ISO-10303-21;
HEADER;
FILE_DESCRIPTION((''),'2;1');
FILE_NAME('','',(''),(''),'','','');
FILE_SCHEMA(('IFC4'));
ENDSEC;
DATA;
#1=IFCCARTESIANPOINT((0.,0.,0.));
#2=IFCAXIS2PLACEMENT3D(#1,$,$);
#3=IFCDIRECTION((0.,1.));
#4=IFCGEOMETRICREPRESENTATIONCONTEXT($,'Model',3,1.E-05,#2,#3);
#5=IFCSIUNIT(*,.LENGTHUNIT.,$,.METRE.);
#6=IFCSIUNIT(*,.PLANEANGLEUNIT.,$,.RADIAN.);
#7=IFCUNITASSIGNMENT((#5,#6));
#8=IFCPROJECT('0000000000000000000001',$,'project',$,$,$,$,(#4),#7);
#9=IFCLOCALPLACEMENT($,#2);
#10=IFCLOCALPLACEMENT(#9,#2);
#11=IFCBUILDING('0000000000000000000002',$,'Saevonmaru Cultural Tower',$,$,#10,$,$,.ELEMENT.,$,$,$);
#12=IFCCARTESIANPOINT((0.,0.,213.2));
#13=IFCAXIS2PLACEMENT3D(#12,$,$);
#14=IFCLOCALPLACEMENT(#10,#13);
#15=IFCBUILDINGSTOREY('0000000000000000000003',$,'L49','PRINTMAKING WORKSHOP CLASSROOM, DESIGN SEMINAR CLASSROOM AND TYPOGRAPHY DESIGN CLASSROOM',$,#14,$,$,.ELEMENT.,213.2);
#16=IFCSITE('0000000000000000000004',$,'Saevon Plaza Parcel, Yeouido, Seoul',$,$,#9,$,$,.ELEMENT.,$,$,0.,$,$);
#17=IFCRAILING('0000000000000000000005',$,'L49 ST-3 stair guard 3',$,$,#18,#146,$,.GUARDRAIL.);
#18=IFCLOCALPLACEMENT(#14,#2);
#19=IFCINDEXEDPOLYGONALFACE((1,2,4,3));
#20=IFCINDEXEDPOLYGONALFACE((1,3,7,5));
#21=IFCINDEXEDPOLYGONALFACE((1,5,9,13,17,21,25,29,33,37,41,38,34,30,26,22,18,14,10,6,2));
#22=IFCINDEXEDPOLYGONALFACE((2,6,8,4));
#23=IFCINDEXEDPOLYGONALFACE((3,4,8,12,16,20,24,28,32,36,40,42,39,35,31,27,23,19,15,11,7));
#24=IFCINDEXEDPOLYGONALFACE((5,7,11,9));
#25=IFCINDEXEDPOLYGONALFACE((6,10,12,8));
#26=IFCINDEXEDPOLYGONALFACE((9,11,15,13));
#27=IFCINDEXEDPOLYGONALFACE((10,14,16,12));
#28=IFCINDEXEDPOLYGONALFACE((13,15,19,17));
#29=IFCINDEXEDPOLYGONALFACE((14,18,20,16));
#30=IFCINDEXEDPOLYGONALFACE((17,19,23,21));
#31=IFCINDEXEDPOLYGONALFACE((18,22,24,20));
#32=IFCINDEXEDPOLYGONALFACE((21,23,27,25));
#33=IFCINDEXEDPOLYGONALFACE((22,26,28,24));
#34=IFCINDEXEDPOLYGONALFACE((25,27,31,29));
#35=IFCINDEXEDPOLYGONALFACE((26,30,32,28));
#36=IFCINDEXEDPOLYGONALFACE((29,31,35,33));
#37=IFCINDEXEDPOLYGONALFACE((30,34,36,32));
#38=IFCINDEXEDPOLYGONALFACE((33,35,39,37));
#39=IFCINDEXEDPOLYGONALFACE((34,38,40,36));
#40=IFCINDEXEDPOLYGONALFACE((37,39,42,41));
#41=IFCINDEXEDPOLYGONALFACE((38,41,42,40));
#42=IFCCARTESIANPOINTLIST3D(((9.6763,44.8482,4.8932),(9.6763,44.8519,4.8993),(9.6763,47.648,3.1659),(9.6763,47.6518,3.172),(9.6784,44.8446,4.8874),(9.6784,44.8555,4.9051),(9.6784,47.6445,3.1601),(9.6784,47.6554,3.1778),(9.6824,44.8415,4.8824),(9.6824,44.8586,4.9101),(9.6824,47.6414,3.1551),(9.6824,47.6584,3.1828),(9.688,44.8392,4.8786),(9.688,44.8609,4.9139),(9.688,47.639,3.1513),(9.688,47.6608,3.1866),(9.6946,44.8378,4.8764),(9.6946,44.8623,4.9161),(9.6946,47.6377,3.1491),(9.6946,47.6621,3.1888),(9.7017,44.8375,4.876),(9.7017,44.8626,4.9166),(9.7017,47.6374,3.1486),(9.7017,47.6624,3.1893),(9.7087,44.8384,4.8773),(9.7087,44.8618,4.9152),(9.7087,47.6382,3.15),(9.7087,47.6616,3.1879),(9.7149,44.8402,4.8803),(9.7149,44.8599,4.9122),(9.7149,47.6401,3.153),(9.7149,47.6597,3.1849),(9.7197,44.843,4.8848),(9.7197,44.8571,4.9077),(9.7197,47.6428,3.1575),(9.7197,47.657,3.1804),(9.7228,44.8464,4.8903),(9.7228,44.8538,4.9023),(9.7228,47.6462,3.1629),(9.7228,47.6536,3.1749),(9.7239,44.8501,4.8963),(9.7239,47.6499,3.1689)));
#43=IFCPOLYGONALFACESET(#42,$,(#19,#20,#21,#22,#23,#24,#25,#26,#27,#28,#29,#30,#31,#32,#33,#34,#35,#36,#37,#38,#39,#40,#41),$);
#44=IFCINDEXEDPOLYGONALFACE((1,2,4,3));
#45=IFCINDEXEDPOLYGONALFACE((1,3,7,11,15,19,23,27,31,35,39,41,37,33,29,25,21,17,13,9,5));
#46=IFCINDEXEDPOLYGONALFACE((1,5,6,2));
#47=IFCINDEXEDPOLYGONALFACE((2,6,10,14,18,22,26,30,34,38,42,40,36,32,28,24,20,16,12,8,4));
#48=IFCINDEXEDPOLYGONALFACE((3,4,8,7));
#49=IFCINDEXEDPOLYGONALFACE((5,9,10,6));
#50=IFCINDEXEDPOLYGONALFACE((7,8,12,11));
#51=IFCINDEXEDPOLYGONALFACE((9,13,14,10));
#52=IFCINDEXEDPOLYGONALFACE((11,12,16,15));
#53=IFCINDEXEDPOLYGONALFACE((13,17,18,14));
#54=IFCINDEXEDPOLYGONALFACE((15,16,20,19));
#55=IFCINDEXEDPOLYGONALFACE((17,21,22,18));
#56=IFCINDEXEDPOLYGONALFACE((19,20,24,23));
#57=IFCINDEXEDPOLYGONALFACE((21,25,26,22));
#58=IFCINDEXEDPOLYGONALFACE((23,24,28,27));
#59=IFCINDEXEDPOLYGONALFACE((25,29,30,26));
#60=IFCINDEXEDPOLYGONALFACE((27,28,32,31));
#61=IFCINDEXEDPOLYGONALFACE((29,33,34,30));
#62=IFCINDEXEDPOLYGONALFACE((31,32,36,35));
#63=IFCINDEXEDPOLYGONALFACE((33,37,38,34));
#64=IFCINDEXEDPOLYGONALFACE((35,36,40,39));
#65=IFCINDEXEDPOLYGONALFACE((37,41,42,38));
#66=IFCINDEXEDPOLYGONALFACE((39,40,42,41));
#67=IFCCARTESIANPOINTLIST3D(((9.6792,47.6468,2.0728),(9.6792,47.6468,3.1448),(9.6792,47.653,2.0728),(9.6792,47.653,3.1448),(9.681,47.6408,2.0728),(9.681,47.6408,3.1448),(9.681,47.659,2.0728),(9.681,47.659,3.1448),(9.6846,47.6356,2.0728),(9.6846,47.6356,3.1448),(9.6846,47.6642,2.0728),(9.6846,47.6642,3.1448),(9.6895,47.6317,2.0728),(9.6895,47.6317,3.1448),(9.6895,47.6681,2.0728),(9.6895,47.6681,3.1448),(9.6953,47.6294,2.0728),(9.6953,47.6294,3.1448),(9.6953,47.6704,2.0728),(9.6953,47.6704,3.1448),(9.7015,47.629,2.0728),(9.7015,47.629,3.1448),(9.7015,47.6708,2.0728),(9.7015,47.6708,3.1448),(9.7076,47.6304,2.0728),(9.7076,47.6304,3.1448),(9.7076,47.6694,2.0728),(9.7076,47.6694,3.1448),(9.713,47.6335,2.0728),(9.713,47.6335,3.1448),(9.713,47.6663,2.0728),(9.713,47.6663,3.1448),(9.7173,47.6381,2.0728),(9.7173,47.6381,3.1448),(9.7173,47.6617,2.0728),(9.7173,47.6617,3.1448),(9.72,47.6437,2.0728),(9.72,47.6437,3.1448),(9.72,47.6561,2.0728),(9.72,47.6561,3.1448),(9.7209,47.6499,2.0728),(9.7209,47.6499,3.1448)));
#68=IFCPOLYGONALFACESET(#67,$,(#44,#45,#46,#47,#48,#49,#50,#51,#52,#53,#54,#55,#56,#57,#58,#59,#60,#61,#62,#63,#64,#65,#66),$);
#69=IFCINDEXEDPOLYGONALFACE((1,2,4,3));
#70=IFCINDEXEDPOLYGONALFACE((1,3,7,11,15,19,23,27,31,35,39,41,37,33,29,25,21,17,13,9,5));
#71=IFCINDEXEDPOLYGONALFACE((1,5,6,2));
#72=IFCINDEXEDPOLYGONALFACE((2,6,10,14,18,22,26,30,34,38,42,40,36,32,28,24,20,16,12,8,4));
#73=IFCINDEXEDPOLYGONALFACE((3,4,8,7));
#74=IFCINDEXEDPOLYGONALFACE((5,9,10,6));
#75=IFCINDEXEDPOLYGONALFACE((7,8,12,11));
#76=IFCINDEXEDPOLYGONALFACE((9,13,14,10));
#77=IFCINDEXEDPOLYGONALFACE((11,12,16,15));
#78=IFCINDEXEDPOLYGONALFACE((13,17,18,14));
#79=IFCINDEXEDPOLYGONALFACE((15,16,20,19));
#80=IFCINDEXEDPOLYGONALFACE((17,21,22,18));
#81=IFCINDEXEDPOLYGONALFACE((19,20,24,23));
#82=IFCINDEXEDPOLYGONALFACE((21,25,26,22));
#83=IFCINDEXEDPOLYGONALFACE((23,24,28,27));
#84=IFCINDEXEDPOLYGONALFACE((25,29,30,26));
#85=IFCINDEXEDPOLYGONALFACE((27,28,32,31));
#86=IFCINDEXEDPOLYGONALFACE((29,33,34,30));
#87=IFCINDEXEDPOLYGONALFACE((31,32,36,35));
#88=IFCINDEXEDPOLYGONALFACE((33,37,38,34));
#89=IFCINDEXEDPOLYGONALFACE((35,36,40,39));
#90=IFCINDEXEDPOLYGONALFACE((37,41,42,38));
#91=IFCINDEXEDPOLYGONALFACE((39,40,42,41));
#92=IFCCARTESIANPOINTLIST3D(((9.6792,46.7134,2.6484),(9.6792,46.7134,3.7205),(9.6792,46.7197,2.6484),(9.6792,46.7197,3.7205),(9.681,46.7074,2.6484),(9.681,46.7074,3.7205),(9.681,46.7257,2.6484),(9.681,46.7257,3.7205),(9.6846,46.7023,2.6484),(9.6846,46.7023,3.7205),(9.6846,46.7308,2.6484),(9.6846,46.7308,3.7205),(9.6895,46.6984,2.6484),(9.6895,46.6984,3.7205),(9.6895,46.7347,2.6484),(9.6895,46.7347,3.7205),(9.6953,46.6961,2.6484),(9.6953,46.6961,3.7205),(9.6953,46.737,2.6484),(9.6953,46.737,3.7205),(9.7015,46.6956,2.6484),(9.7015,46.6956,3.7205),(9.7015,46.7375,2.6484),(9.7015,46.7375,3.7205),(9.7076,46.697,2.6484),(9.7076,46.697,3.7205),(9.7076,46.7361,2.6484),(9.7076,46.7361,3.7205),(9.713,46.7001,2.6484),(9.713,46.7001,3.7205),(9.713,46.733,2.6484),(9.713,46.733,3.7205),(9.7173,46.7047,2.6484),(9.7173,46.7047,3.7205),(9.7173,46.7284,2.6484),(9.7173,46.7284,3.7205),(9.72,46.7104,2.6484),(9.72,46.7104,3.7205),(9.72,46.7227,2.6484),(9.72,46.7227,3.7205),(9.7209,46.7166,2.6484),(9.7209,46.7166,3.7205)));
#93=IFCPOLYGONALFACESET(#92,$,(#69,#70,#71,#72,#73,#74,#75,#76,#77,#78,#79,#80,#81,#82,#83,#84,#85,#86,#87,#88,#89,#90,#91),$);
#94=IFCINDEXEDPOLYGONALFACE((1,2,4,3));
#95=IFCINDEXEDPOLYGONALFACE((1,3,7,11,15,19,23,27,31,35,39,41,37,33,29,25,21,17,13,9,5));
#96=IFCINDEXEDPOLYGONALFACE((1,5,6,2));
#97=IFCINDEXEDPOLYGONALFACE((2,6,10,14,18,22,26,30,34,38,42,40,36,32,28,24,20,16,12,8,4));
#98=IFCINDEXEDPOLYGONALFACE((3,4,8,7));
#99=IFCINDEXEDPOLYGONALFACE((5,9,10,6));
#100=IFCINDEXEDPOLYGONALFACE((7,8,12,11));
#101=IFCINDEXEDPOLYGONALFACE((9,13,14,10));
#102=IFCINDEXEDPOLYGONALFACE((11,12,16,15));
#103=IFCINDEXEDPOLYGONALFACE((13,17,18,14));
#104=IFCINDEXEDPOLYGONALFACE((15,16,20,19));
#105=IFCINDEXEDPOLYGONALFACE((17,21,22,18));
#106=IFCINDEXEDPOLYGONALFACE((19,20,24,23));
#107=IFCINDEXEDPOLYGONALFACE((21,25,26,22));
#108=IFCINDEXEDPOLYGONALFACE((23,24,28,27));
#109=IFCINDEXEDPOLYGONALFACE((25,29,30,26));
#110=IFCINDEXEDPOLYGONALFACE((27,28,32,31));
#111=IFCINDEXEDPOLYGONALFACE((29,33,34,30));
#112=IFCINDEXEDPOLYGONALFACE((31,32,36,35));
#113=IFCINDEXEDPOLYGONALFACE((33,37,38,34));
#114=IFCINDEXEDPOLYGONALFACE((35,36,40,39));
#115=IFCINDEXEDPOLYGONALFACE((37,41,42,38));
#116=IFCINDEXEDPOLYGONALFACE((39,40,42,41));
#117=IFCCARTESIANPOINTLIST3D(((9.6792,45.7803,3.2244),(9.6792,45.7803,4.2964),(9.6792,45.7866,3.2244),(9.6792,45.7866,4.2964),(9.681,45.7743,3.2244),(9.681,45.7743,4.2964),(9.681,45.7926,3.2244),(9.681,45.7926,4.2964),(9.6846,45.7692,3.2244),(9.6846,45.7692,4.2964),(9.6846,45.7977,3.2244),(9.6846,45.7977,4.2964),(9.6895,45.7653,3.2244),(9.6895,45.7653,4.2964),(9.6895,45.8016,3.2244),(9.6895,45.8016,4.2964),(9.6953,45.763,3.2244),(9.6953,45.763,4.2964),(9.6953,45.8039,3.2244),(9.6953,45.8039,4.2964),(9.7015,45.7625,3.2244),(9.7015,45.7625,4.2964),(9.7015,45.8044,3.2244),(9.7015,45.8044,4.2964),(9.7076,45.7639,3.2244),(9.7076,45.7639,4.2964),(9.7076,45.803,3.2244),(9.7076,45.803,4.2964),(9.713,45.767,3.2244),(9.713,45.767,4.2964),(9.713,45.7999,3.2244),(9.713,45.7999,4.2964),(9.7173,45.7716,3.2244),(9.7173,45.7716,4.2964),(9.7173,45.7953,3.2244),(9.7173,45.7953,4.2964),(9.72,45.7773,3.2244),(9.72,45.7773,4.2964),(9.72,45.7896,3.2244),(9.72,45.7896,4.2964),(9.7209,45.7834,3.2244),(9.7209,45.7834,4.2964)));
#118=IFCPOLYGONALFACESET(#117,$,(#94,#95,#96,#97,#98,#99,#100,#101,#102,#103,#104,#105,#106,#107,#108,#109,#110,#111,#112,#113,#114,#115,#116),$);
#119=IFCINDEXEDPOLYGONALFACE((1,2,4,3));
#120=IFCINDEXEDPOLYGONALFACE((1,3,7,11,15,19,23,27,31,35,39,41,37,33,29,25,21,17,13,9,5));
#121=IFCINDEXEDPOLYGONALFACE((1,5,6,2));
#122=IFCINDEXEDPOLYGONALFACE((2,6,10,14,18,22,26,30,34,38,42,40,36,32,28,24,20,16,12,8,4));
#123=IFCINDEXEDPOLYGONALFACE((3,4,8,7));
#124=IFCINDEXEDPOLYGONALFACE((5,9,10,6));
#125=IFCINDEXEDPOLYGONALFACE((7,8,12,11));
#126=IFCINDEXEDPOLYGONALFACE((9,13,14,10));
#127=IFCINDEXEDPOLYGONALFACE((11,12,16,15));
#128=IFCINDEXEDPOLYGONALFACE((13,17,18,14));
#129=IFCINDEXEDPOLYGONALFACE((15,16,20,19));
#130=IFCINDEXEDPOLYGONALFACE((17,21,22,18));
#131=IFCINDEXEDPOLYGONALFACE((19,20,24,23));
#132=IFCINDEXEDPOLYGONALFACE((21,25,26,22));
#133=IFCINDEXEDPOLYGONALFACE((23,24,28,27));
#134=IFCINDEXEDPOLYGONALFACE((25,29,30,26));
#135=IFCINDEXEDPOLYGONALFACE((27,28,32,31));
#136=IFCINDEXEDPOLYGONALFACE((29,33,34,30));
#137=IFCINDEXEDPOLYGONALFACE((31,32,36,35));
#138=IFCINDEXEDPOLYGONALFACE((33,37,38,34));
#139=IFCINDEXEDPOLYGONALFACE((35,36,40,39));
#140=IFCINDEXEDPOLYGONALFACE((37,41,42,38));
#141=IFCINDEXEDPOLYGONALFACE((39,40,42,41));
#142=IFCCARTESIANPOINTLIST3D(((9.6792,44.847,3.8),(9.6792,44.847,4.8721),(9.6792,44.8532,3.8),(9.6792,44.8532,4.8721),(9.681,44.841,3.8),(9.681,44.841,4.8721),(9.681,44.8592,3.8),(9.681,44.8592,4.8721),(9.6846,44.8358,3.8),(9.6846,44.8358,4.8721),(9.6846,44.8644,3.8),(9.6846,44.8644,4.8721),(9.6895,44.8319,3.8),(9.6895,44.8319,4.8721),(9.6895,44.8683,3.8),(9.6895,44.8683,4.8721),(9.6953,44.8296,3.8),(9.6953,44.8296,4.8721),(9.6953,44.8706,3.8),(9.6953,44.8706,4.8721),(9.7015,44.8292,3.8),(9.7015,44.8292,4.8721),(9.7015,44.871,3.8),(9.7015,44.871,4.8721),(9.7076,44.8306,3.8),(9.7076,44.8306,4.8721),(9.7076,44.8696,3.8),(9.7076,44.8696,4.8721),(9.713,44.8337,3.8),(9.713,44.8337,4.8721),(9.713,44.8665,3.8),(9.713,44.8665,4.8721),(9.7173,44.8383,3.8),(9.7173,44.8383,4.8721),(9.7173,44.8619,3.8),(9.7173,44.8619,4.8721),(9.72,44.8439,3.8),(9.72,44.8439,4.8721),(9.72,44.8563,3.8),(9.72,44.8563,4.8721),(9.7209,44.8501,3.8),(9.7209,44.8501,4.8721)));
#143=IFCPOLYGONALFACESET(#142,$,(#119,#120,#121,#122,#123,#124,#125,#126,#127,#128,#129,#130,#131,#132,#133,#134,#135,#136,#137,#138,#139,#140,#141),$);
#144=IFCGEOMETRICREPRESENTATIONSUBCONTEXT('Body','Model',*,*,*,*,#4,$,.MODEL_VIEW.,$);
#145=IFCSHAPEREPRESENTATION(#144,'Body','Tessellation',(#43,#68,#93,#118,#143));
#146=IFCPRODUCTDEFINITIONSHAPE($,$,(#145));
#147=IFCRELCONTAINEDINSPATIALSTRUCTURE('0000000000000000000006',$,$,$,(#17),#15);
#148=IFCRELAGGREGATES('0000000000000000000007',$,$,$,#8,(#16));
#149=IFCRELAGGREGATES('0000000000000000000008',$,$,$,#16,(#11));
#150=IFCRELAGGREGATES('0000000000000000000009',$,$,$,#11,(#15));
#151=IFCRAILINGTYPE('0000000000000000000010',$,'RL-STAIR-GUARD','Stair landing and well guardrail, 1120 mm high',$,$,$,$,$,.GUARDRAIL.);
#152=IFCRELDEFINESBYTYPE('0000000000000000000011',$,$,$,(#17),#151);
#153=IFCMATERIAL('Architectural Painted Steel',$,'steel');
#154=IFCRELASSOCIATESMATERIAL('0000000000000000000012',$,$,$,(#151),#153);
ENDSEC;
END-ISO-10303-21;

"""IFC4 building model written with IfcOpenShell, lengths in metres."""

from ifc_helpers import new_model, si_unit, direction, frame, origin, origin_2d, place, context, subcontext, project, spatial, circle, extrude, material, type_object, element, save


model = new_model("IFC4")

# Units and contexts
model_context = context("Model", 3, precision=1e-05, world=origin(), true_north=direction((0.0, 1.0)))
body_context = subcontext(model_context, "Body", "Model", "MODEL_VIEW")
ifc_project = project(units=[si_unit("LENGTHUNIT", "METRE"), si_unit("PLANEANGLEUNIT", "RADIAN")], contexts=[model_context])

# Site, building, storey
site_placement = place(None, origin())
site = spatial("IfcSite", under=ifc_project, at=site_placement, Name="Saevon Plaza Parcel, Yeouido, Seoul", CompositionType="ELEMENT", RefElevation=0.0)
building_placement = place(site_placement, origin())
building = spatial("IfcBuilding", under=site, at=building_placement, Name="Saevonmaru Cultural Tower", CompositionType="ELEMENT")
storey_placement = place(building_placement, frame((0.0, 0.0, 213.2)))
storey = spatial("IfcBuildingStorey", under=building, at=storey_placement, Name="L49", Description="PRINTMAKING WORKSHOP CLASSROOM, DESIGN SEMINAR CLASSROOM AND TYPOGRAPHY DESIGN CLASSROOM", CompositionType="ELEMENT", Elevation=213.2)

# Railing
ifc_material_1 = material(Name="Architectural Painted Steel", Category="steel")
railing_type_1 = type_object("IfcRailingType", Name="RL-STAIR-GUARD", Description="Stair landing and well guardrail, 1120 mm high", PredefinedType="GUARDRAIL", material=ifc_material_1)
railing_1_placement = place(storey_placement, frame((9.7, 47.6499, 2.0728)))
element("IfcRailing", 1, at=railing_1_placement, inside=storey, type_object=railing_type_1, Name="L49 ST-3 stair guard 3", PredefinedType="GUARDRAIL", context=body_context, shape_type="SweptSolid", body=[
    extrude(circle(Radius=0.0239, at=origin_2d()), frame((0.0, 0.0, 1.0962), z_axis=(0.0, -0.851069, 0.525054), x_axis=(1.0, 0.0, 0.0)), (0.0, 0.0, 1.0), 3.2898),
    extrude(circle(Radius=0.021, at=origin_2d()), origin(), (0.0, 0.0, 1.0), 1.072),
    extrude(circle(Radius=0.021, at=origin_2d()), frame((0.0, -0.9333, 0.5757)), (0.0, 0.0, 1.0), 1.072),
    extrude(circle(Radius=0.021, at=origin_2d()), frame((0.0, -1.8665, 1.1516)), (0.0, 0.0, 1.0), 1.072),
    extrude(circle(Radius=0.021, at=origin_2d()), frame((0.0, -2.7998, 1.7273)), (0.0, 0.0, 1.0), 1.072),
])

save(model, "model.ifc")
